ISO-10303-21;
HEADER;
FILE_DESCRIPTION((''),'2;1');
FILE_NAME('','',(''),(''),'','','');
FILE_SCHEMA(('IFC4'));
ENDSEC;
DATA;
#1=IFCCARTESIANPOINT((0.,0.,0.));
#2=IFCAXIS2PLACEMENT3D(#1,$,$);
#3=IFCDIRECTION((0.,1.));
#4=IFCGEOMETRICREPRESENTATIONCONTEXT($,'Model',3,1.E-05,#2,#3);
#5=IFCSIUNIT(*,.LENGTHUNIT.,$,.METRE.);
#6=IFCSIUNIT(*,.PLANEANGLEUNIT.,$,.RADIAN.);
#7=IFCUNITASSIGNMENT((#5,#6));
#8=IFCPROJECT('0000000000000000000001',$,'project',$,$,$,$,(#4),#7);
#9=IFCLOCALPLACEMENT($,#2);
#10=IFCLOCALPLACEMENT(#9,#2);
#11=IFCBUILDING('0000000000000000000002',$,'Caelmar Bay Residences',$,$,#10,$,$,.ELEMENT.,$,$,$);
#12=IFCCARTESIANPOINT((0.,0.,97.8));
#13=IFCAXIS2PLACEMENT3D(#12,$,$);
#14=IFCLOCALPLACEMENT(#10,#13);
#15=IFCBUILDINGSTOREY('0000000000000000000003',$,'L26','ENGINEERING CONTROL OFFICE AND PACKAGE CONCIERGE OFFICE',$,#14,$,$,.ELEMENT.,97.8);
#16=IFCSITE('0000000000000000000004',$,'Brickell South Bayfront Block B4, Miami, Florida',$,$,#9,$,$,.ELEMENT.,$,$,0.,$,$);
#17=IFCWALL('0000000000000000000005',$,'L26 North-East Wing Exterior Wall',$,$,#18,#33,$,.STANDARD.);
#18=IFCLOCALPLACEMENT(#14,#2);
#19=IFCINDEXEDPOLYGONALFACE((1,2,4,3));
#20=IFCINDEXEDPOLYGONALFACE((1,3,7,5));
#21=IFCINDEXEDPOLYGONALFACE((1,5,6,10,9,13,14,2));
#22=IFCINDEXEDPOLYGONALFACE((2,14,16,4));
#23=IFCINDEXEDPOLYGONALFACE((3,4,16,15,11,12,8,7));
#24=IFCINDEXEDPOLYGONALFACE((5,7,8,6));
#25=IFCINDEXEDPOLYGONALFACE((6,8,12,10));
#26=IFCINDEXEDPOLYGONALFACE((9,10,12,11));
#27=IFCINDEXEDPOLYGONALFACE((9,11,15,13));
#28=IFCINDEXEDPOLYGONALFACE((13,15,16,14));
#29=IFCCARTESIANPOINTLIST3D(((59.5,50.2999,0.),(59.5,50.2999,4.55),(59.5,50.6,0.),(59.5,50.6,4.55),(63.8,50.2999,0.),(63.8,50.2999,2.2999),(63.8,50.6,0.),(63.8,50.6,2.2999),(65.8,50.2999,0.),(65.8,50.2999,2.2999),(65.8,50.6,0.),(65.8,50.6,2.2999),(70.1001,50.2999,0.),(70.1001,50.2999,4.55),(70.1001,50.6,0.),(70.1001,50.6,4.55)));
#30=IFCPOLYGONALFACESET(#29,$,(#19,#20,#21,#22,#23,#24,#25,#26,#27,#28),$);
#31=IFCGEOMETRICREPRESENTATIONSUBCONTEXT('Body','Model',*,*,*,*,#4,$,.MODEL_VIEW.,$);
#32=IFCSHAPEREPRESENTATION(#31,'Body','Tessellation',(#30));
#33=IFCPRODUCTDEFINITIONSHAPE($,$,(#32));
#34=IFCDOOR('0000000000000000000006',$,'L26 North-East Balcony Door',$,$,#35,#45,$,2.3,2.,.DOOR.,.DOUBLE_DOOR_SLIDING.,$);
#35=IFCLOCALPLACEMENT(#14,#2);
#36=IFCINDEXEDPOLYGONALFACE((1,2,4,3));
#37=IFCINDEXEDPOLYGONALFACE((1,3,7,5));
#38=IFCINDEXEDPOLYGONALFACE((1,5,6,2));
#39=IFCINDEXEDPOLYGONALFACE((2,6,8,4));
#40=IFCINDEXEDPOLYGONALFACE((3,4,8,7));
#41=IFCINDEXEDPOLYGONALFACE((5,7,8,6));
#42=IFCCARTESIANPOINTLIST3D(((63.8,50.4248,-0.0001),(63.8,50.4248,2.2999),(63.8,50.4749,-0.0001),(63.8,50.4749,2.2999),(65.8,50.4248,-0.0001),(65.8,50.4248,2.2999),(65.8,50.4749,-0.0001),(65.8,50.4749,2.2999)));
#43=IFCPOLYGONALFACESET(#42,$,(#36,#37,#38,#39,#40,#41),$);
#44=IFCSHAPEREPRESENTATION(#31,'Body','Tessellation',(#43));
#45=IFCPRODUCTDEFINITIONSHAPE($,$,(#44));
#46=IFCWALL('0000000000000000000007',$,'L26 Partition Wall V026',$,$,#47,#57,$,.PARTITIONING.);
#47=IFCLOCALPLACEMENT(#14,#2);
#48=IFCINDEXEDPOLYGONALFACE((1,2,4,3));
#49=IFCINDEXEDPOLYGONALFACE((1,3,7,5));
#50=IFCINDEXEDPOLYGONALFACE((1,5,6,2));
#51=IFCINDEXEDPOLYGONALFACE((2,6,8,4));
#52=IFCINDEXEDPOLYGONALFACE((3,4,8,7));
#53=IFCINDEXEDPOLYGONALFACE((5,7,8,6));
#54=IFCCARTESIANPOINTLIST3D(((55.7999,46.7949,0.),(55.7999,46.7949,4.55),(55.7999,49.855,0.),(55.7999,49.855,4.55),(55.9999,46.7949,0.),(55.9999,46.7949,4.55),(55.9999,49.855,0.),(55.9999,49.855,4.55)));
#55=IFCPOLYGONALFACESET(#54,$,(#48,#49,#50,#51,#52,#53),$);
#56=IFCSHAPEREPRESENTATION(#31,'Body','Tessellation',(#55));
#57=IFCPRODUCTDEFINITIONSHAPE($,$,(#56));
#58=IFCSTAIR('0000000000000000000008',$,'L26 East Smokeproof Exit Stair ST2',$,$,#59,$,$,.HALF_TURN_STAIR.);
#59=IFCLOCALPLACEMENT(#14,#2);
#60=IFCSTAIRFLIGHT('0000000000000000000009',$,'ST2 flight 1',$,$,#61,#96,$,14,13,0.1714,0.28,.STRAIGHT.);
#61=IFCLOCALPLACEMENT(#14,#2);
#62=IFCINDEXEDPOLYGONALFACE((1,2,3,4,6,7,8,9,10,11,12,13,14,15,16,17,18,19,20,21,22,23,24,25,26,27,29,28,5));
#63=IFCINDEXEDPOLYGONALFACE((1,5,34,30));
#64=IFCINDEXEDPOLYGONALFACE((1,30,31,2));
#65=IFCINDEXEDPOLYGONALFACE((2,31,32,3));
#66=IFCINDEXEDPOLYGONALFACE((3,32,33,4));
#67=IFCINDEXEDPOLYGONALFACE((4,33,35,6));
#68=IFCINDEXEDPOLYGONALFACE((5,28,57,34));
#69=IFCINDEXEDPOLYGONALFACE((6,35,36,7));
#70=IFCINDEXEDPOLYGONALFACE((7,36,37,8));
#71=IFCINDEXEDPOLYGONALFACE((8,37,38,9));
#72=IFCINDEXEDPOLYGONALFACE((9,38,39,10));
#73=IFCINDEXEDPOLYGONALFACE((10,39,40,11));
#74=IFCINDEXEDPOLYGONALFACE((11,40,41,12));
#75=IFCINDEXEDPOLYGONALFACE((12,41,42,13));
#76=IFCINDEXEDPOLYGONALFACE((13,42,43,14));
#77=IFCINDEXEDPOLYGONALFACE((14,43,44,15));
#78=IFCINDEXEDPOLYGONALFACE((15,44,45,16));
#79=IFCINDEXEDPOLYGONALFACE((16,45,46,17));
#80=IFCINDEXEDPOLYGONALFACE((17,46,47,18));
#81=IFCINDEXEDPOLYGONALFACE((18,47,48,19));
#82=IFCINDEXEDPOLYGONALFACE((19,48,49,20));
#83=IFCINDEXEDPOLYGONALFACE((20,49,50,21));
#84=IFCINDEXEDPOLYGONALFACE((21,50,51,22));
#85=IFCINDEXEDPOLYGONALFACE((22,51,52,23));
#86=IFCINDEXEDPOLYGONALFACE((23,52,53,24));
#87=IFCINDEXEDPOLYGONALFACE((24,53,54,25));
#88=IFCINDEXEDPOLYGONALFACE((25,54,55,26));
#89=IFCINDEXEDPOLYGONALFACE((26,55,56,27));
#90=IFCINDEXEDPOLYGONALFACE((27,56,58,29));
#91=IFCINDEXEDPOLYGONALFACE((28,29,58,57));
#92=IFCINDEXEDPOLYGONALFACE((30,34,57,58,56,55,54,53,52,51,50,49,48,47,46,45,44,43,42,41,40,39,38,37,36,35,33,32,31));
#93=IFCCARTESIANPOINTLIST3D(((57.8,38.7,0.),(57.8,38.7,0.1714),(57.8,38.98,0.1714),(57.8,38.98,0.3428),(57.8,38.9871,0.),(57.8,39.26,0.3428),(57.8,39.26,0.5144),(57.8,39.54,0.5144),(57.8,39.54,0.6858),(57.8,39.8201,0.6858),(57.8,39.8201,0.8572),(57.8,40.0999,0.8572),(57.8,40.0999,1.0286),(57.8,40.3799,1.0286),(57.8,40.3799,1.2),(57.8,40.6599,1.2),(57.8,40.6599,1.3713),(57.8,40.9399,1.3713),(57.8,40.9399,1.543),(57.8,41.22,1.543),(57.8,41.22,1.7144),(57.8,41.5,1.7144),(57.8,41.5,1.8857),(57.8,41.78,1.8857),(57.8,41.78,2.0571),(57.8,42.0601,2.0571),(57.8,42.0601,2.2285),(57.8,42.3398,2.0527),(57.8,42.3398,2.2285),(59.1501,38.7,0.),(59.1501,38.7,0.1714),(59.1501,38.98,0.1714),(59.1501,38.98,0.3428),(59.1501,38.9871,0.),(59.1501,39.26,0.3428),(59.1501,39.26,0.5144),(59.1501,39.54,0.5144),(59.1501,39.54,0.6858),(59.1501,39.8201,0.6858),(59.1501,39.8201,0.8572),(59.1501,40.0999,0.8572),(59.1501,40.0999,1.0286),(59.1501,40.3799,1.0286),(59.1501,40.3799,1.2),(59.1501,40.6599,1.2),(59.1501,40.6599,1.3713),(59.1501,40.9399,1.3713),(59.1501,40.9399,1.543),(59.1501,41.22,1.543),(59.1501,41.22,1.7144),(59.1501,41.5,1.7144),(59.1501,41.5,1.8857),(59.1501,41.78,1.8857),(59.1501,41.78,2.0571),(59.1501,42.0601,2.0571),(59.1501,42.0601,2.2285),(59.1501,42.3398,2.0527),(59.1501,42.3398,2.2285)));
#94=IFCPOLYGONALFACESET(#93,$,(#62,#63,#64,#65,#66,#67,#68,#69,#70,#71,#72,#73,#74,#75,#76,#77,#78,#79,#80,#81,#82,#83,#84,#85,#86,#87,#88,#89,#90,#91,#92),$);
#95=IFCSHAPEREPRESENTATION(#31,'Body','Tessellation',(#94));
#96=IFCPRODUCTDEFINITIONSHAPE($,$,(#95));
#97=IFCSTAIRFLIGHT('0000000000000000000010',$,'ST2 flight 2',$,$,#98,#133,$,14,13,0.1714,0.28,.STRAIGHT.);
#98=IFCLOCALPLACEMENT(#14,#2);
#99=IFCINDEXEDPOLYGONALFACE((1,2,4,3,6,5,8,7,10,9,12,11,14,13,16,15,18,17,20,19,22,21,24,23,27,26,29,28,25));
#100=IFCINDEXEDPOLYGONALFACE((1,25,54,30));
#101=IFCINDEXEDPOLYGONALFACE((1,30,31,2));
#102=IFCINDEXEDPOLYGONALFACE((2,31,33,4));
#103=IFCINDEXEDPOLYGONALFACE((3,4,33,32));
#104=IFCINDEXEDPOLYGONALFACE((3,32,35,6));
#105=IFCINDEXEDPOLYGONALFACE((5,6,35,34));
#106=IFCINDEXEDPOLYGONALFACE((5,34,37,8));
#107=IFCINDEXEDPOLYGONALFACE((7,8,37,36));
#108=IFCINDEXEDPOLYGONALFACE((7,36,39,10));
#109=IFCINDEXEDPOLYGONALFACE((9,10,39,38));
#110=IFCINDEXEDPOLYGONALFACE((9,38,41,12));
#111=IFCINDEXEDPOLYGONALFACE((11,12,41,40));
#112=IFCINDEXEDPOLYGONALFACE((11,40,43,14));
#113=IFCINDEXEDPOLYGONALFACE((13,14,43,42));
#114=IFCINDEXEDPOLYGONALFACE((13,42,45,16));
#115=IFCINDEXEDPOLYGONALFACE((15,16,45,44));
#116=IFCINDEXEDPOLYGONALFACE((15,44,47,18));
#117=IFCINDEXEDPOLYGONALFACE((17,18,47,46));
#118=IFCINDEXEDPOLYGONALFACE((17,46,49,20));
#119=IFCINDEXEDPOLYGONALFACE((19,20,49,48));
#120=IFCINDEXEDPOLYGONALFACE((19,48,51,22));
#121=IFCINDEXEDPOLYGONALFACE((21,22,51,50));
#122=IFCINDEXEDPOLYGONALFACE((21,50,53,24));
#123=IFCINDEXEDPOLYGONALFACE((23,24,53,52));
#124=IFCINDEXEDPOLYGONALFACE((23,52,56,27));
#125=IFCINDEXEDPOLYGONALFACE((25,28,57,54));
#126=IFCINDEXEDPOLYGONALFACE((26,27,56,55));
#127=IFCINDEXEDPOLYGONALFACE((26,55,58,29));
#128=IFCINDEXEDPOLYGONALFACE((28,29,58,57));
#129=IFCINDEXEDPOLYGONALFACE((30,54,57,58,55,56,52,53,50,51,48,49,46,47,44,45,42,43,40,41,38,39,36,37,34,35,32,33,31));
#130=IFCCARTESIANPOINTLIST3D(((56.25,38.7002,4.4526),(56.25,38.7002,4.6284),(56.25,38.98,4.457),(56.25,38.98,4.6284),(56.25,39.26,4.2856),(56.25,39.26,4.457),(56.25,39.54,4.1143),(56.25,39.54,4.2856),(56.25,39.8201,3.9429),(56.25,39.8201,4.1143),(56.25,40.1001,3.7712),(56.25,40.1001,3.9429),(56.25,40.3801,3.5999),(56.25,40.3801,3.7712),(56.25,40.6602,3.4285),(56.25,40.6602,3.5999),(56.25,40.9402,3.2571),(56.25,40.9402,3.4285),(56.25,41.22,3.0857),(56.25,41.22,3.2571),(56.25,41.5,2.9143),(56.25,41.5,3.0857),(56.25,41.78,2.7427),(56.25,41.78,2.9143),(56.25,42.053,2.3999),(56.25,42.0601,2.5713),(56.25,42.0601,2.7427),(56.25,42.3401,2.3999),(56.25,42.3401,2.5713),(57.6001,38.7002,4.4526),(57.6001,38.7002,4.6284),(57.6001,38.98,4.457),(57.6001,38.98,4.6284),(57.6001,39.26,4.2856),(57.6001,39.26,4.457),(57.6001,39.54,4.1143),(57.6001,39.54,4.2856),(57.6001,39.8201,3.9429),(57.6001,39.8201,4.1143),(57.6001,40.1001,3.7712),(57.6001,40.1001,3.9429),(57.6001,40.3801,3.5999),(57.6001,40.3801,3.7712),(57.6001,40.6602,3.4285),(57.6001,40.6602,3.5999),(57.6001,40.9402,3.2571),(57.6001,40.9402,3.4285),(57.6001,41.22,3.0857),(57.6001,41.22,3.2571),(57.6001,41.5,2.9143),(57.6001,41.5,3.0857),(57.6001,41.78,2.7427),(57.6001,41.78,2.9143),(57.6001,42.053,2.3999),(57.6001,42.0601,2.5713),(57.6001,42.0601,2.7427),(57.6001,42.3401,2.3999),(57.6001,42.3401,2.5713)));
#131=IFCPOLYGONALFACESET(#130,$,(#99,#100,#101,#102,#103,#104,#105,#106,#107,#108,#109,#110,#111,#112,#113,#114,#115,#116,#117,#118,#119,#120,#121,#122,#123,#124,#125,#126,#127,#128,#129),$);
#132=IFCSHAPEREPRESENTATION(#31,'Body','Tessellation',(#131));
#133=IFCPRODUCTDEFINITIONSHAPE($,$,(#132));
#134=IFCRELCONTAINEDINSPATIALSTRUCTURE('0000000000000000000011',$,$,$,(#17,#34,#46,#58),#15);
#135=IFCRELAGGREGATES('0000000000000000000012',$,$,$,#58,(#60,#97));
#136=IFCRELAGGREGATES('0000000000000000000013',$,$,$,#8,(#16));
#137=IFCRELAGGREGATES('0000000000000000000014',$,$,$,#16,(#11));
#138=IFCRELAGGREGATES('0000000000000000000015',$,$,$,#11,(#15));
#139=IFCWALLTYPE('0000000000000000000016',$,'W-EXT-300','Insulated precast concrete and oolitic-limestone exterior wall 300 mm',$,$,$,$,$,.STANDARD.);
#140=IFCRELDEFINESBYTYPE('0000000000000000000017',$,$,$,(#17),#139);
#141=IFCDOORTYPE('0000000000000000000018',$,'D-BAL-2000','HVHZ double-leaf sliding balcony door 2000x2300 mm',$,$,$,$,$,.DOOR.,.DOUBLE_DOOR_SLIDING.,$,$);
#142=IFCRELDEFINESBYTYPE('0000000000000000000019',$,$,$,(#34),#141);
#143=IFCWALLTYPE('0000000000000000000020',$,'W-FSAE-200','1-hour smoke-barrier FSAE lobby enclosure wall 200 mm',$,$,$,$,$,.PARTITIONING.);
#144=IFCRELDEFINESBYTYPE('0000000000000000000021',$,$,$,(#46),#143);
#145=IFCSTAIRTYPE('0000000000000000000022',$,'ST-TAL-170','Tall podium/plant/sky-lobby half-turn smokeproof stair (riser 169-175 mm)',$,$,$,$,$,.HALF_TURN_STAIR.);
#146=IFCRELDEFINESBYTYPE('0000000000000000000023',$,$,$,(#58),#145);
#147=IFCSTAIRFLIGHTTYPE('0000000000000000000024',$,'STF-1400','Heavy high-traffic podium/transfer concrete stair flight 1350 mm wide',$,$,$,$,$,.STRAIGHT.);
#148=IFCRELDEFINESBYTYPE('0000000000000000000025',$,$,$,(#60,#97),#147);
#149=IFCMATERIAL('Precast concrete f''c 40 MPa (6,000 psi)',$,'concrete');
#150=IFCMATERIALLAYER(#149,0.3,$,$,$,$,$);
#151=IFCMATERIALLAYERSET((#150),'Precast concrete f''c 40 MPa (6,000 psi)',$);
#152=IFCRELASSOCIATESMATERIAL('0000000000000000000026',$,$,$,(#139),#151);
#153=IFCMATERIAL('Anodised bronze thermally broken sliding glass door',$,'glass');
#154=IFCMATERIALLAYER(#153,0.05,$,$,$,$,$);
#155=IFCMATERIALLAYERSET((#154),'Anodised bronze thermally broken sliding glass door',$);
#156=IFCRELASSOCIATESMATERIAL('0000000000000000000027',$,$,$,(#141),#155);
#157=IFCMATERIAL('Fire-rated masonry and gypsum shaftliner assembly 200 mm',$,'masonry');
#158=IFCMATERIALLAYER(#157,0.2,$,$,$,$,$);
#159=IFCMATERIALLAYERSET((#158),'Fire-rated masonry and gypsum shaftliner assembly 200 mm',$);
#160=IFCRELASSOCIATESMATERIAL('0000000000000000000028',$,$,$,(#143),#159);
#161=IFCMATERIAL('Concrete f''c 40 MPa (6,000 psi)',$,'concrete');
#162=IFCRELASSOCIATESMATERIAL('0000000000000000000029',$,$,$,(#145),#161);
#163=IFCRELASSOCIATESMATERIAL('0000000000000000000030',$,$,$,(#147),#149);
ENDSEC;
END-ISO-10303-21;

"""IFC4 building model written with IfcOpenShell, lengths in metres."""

from ifc_helpers import new_model, si_unit, direction, frame, frame_2d, origin, place, context, subcontext, project, spatial, polyline, rectangle, outline, extrude, material, layer, layer_set, type_object, element, fill, aggregate, save


model = new_model("IFC4")

# Units and contexts
model_context = context("Model", 3, precision=1e-05, world=origin(), true_north=direction((0.0, 1.0)))
body_context = subcontext(model_context, "Body", "Model", "MODEL_VIEW")
ifc_project = project(units=[si_unit("LENGTHUNIT", "METRE"), si_unit("PLANEANGLEUNIT", "RADIAN")], contexts=[model_context])

# Site, building, storey
site_placement = place(None, origin())
site = spatial("IfcSite", under=ifc_project, at=site_placement, Name="Brickell South Bayfront Block B4, Miami, Florida", CompositionType="ELEMENT", RefElevation=0.0)
building_placement = place(site_placement, origin())
building = spatial("IfcBuilding", under=site, at=building_placement, Name="Caelmar Bay Residences", CompositionType="ELEMENT")
storey_placement = place(building_placement, frame((0.0, 0.0, 97.8)))
storey = spatial("IfcBuildingStorey", under=building, at=storey_placement, Name="L26", Description="ENGINEERING CONTROL OFFICE AND PACKAGE CONCIERGE OFFICE", CompositionType="ELEMENT", Elevation=97.8)

# Wall, opening, door
ifc_material_1 = material(Name="Precast concrete f'c 40 MPa (6,000 psi)", Category="concrete")
ifc_layer_1 = layer(ifc_material_1, 0.3)
ifc_layer_set_1 = layer_set([ifc_layer_1], Name="Precast concrete f'c 40 MPa (6,000 psi)")
wall_type_1 = type_object("IfcWallType", Name="W-EXT-300", Description="Insulated precast concrete and oolitic-limestone exterior wall 300 mm", PredefinedType="STANDARD", material=ifc_layer_set_1)
wall_1_placement = place(storey_placement, frame((59.5, 50.45, 0.0), z_axis=(0.0, 0.0, 1.0), x_axis=(1.0, 0.0, 0.0)))
wall_1 = element("IfcWall", 1, at=wall_1_placement, inside=storey, type_object=wall_type_1, Name="L26 North-East Wing Exterior Wall", PredefinedType="STANDARD", context=body_context, shape_type="SweptSolid", body=[
    extrude(rectangle(XDim=10.6001, YDim=0.3, at=frame_2d((5.3, 0.0))), origin(), (0.0, 0.0, 1.0), 4.55),
])
opening_1_placement = place(wall_1_placement, frame((4.3, 0.0, 0.0)))
opening_1 = element("IfcOpeningElement", 2, at=opening_1_placement, cuts=wall_1, PredefinedType="OPENING", context=body_context, shape_type="SweptSolid", body=[
    extrude(rectangle(XDim=2.0, YDim=2.3, at=frame_2d((1.0, 1.1499))), frame((0.0, 0.1599, 0.0), z_axis=(0.0, -1.0, 0.0), x_axis=(1.0, 0.0, 0.0)), (0.0, 0.0, 1.0), 0.3201),
])
ifc_material_2 = material(Name="Anodised bronze thermally broken sliding glass door", Category="glass")
ifc_layer_2 = layer(ifc_material_2, 0.05)
ifc_layer_set_2 = layer_set([ifc_layer_2], Name="Anodised bronze thermally broken sliding glass door")
door_type_1 = type_object("IfcDoorType", Name="D-BAL-2000", Description="HVHZ double-leaf sliding balcony door 2000x2300 mm", OperationType="DOUBLE_DOOR_SLIDING", PredefinedType="DOOR", material=ifc_layer_set_2)
door_1_placement = place(opening_1_placement, origin())
door_1 = element("IfcDoor", 3, at=door_1_placement, inside=storey, type_object=door_type_1, Name="L26 North-East Balcony Door", OperationType="DOUBLE_DOOR_SLIDING", OverallHeight=2.3, OverallWidth=2.0, PredefinedType="DOOR", context=body_context, shape_type="SweptSolid", body=[
    extrude(rectangle(XDim=2.0, YDim=2.3, at=frame_2d((1.0, 1.1499))), frame((0.0, 0.0249, 0.0), z_axis=(0.0, -1.0, 0.0), x_axis=(1.0, 0.0, 0.0)), (0.0, 0.0, 1.0), 0.05),
])
fill(opening_1, door_1)

# Wall
ifc_material_3 = material(Name="Fire-rated masonry and gypsum shaftliner assembly 200 mm", Category="masonry")
ifc_layer_3 = layer(ifc_material_3, 0.2)
ifc_layer_set_3 = layer_set([ifc_layer_3], Name="Fire-rated masonry and gypsum shaftliner assembly 200 mm")
wall_type_2 = type_object("IfcWallType", Name="W-FSAE-200", Description="1-hour smoke-barrier FSAE lobby enclosure wall 200 mm", PredefinedType="PARTITIONING", material=ifc_layer_set_3)
wall_2_placement = place(storey_placement, frame((55.8999, 46.7949, 0.0), z_axis=(0.0, 0.0, 1.0), x_axis=(0.0, 1.0, 0.0)))
element("IfcWall", 4, at=wall_2_placement, inside=storey, type_object=wall_type_2, Name="L26 Partition Wall V026", PredefinedType="PARTITIONING", context=body_context, shape_type="SweptSolid", body=[
    extrude(rectangle(XDim=3.0601, YDim=0.2, at=frame_2d((1.53, 0.0))), origin(), (0.0, 0.0, 1.0), 4.55),
])

# Stair, stair flights
ifc_material_4 = material(Name="Concrete f'c 40 MPa (6,000 psi)", Category="concrete")
stair_type = type_object("IfcStairType", Name="ST-TAL-170", Description="Tall podium/plant/sky-lobby half-turn smokeproof stair (riser 169-175 mm)", PredefinedType="HALF_TURN_STAIR", material=ifc_material_4)
stair_placement = place(storey_placement, origin())
stair = element("IfcStair", 5, at=stair_placement, inside=storey, type_object=stair_type, Name="L26 East Smokeproof Exit Stair ST2", PredefinedType="HALF_TURN_STAIR")
stair_flight_type = type_object("IfcStairFlightType", Name="STF-1400", Description="Heavy high-traffic podium/transfer concrete stair flight 1350 mm wide", PredefinedType="STRAIGHT", material=ifc_material_1)
stair_flight_1_placement = place(storey_placement, frame((58.4751, 38.7, 0.0), z_axis=(0.0, 0.0, 1.0), x_axis=(0.0, 1.0, 0.0)))
stair_flight_1 = element("IfcStairFlight", 6, at=stair_flight_1_placement, type_object=stair_flight_type, Name="ST2 flight 1", NumberOfRisers=14, NumberOfTreads=13, PredefinedType="STRAIGHT", RiserHeight=0.1714, TreadLength=0.28, context=body_context, shape_type="SweptSolid", body=[
    extrude(outline(polyline([(0.0, 0.0), (0.0, 0.1714), (0.28, 0.1714), (0.28, 0.3428), (0.5601, 0.3428), (0.5601, 0.5144), (0.8401, 0.5144), (0.8401, 0.6858), (1.1201, 0.6858), (1.1201, 0.8572), (1.3999, 0.8572), (1.3999, 1.0286), (1.6799, 1.0286), (1.6799, 1.2), (1.96, 1.2), (1.96, 1.3713), (2.24, 1.3713), (2.24, 1.543), (2.52, 1.543), (2.52, 1.7144), (2.8, 1.7144), (2.8, 1.8857), (3.0801, 1.8857), (3.0801, 2.0571), (3.3601, 2.0571), (3.3601, 2.2285), (3.6399, 2.2285), (3.6399, 2.3999), (3.6399, 2.0527), (0.2871, 0.0), (0.0, 0.0)])), frame((0.0, 0.675, 0.0), z_axis=(0.0, -1.0, 0.0), x_axis=(1.0, 0.0, 0.0)), (0.0, 0.0, 1.0), 1.3501),
])
stair_flight_2_placement = place(storey_placement, frame((56.925, 42.3401, 2.3999), z_axis=(0.0, 0.0, 1.0), x_axis=(0.0, -1.0, 0.0)))
stair_flight_2 = element("IfcStairFlight", 7, at=stair_flight_2_placement, type_object=stair_flight_type, Name="ST2 flight 2", NumberOfRisers=14, NumberOfTreads=13, PredefinedType="STRAIGHT", RiserHeight=0.1714, TreadLength=0.28, context=body_context, shape_type="SweptSolid", body=[
    extrude(outline(polyline([(0.0, 0.0), (0.0, 0.1714), (0.28, 0.1714), (0.28, 0.3428), (0.5601, 0.3428), (0.5601, 0.5144), (0.8401, 0.5144), (0.8401, 0.6858), (1.1201, 0.6858), (1.1201, 0.8572), (1.3999, 0.8572), (1.3999, 1.0286), (1.6799, 1.0286), (1.6799, 1.2), (1.96, 1.2), (1.96, 1.3713), (2.24, 1.3713), (2.24, 1.543), (2.52, 1.543), (2.52, 1.7144), (2.8, 1.7144), (2.8, 1.8857), (3.0801, 1.8857), (3.0801, 2.0571), (3.3601, 2.0571), (3.3601, 2.2285), (3.6399, 2.2285), (3.6399, 2.3999), (3.6399, 2.0527), (0.2871, 0.0), (0.0, 0.0)])), frame((0.0, 0.675, 0.0), z_axis=(0.0, -1.0, 0.0), x_axis=(1.0, 0.0, 0.0)), (0.0, 0.0, 1.0), 1.3501),
])
aggregate(stair, [stair_flight_1, stair_flight_2])

save(model, "model.ifc")
